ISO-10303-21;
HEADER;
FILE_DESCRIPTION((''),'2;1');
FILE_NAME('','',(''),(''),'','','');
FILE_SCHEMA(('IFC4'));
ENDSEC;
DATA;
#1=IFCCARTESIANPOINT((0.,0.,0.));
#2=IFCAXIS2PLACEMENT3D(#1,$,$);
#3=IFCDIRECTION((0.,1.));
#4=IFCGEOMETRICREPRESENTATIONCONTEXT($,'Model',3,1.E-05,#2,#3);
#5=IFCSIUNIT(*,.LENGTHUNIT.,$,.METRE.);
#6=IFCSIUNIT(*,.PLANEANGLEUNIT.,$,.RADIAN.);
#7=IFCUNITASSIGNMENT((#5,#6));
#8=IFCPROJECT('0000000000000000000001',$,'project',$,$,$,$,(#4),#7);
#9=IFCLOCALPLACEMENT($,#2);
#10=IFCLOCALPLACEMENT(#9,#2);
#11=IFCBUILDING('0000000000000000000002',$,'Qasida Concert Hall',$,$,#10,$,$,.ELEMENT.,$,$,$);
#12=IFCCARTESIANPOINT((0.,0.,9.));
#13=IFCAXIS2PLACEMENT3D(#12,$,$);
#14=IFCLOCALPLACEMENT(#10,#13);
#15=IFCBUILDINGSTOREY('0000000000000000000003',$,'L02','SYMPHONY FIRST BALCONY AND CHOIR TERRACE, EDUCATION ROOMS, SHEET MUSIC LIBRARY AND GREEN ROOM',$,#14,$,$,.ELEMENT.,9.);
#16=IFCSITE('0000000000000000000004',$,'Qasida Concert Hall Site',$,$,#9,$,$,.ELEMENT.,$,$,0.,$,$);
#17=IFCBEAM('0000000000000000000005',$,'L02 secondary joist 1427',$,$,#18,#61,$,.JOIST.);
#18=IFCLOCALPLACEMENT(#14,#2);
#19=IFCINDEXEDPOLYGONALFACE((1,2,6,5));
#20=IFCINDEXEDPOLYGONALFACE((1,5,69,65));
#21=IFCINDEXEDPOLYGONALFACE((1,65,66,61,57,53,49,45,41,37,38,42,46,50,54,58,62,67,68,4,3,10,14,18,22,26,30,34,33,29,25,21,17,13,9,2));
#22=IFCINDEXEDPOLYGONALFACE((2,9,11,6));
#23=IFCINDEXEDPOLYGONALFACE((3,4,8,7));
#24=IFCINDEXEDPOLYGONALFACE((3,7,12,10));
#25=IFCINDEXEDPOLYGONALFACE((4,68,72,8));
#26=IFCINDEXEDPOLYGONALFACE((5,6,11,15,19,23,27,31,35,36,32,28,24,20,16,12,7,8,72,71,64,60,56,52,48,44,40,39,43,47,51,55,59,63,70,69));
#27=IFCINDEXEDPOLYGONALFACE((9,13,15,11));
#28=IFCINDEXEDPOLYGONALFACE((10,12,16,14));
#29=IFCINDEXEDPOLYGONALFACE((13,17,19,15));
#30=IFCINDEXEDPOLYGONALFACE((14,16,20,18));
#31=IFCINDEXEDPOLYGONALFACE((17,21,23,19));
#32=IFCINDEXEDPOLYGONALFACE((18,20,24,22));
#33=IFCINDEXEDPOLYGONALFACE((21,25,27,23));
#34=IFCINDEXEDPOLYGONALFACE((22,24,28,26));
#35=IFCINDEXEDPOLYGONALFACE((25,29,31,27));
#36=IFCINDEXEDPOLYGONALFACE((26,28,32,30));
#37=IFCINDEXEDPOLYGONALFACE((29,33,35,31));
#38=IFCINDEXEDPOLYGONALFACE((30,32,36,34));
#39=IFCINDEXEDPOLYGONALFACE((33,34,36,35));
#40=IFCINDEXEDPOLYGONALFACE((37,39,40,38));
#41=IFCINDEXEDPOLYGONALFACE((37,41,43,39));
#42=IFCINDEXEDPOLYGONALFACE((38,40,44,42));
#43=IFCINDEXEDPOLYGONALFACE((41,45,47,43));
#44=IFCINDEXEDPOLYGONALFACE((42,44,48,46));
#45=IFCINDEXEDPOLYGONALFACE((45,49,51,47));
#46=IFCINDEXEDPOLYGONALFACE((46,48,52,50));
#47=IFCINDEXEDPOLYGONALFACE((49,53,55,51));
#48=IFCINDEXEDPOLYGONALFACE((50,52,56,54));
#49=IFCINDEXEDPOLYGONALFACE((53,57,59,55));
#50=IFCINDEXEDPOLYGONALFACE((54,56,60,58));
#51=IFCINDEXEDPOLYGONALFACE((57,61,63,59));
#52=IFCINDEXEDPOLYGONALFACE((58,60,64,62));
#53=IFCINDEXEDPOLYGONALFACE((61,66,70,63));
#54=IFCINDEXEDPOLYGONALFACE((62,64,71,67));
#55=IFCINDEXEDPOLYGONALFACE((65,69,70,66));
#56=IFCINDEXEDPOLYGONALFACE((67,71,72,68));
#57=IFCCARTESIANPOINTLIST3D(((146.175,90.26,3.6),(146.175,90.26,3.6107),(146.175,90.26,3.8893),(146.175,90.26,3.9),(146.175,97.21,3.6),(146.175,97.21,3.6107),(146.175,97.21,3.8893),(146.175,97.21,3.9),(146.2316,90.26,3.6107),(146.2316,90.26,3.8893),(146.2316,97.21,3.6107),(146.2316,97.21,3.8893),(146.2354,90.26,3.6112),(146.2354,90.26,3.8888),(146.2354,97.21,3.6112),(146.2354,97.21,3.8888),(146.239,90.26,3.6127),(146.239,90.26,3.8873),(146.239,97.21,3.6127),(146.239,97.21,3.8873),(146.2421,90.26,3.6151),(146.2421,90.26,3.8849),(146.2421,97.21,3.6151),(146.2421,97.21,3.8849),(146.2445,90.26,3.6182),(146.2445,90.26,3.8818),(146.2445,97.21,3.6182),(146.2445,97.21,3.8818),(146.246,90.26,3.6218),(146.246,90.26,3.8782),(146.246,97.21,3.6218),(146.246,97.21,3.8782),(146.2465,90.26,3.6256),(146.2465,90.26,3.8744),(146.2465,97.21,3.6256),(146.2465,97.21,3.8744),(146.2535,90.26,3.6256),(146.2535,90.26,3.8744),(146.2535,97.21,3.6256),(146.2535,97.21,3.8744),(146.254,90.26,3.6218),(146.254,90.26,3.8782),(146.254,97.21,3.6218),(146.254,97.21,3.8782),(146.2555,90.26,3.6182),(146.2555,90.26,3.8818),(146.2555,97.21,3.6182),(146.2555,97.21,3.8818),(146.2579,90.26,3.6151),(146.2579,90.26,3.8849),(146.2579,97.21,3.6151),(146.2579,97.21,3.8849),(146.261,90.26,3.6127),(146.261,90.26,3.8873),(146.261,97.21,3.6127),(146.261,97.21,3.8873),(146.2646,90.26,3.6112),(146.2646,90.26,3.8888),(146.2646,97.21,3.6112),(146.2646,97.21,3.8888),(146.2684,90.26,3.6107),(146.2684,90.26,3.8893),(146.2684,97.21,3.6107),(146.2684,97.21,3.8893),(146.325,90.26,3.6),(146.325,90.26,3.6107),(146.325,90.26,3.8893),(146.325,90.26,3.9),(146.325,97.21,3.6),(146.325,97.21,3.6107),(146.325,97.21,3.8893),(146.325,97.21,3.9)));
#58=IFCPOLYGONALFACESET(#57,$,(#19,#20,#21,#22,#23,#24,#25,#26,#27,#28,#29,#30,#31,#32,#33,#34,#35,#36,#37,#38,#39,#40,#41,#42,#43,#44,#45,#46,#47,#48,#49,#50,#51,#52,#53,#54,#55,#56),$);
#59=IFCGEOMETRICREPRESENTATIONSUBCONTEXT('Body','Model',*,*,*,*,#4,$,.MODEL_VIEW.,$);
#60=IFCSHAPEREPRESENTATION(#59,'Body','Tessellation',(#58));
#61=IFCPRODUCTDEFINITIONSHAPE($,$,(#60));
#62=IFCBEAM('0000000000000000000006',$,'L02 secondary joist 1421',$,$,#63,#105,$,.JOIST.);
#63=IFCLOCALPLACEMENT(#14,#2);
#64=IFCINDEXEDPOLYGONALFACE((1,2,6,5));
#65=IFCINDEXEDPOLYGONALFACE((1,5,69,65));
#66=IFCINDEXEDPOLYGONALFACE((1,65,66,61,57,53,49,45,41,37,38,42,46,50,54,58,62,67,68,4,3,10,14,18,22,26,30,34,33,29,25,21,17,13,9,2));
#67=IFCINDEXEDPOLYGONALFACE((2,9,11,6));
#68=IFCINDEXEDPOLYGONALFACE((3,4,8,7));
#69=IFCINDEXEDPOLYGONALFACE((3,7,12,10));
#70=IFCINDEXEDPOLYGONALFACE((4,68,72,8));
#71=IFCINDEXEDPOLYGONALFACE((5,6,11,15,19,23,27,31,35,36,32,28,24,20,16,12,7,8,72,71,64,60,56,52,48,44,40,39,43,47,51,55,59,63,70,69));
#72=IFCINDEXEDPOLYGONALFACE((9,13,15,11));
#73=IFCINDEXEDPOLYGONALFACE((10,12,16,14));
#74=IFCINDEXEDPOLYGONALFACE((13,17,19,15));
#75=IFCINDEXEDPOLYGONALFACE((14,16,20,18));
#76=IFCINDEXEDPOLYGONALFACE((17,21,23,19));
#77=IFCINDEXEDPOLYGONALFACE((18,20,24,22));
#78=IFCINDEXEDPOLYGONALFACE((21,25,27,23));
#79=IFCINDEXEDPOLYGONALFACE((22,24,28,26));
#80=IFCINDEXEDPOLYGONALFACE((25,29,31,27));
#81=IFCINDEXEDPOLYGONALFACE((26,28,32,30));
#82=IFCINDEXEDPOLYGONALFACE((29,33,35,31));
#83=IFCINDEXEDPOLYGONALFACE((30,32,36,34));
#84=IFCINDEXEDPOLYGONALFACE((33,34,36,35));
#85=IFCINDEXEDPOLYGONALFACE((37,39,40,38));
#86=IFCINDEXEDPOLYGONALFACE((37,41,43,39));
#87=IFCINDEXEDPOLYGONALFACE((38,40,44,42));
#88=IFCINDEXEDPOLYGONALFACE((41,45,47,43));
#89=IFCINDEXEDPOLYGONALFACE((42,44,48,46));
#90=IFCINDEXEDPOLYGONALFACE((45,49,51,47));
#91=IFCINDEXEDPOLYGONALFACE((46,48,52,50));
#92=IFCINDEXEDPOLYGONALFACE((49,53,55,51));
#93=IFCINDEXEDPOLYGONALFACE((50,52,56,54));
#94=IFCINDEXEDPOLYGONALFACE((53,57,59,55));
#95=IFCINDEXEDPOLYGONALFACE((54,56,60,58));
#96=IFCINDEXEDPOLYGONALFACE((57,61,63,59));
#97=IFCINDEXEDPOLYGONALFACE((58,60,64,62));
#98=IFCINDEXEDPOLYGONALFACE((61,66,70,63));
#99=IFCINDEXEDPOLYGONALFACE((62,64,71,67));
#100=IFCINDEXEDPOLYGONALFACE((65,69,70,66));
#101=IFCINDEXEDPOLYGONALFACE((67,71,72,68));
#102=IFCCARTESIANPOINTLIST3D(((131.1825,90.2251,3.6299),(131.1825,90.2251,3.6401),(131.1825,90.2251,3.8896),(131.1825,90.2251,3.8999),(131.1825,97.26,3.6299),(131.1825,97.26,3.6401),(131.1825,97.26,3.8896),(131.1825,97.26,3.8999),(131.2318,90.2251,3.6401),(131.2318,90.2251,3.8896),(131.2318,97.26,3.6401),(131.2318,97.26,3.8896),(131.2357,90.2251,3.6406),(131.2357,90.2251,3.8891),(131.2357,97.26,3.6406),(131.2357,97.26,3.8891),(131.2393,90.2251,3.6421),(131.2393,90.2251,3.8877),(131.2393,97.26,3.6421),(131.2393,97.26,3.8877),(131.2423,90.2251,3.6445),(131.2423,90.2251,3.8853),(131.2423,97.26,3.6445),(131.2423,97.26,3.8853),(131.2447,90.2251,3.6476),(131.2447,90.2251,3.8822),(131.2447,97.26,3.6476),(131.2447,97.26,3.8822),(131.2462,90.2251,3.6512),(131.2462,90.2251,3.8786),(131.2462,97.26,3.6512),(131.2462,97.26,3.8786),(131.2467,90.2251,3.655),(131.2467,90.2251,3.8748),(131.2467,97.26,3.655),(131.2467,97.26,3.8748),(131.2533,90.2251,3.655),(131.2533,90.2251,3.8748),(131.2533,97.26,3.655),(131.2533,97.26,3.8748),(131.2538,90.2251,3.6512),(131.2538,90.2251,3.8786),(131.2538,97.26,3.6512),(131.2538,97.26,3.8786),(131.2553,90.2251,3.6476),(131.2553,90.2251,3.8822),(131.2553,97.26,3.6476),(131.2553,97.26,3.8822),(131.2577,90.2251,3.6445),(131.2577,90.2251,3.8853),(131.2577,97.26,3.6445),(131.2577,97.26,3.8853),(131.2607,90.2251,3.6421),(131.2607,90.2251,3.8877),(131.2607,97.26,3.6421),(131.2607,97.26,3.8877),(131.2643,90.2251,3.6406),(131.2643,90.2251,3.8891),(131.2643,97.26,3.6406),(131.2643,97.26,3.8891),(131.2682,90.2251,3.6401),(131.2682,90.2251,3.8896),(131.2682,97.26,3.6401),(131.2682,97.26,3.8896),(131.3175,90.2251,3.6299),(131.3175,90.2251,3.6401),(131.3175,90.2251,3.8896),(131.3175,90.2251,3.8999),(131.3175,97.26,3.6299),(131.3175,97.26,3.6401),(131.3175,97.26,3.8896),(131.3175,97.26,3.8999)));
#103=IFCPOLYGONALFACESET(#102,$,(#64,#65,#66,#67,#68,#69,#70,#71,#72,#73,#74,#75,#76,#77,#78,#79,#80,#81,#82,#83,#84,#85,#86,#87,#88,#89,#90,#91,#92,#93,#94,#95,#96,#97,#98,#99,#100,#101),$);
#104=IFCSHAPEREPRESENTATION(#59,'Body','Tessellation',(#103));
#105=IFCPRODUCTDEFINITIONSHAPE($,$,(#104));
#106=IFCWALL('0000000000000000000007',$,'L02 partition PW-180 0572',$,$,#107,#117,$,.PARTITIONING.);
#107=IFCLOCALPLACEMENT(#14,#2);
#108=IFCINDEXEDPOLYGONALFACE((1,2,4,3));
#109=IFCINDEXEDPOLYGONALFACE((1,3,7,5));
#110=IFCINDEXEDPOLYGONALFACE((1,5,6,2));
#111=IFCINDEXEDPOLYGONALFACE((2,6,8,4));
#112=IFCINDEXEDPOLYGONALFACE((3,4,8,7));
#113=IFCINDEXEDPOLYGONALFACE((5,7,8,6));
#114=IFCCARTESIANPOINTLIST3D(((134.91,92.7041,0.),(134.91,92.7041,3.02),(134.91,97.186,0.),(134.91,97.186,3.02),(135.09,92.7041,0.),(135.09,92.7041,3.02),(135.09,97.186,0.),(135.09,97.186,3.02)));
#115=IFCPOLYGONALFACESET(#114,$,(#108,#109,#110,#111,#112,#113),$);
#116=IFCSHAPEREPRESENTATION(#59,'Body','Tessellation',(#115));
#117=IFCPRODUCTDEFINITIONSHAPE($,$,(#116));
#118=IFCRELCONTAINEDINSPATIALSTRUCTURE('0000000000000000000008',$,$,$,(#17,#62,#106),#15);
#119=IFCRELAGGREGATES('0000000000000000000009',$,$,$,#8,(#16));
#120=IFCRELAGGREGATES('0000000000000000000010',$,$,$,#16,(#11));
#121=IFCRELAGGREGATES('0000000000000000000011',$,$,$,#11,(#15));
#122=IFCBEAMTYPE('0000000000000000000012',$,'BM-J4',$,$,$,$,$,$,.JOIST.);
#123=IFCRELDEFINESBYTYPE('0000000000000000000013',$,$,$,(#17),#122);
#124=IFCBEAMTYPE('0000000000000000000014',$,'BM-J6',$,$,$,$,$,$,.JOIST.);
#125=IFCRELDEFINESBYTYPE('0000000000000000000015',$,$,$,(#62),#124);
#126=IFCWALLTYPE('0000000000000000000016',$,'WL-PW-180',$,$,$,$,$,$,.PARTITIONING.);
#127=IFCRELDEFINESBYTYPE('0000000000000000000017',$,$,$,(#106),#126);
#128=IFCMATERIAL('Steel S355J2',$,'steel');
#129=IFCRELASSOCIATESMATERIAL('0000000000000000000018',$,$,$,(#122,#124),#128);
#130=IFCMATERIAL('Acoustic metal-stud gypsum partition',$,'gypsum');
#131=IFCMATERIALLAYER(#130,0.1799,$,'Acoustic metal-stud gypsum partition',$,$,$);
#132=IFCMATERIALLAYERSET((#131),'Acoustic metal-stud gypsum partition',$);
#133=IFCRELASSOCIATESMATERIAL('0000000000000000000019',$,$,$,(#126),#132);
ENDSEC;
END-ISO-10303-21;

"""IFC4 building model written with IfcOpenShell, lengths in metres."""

from ifc_helpers import new_model, si_unit, direction, frame, frame_2d, origin, origin_2d, place, context, subcontext, project, spatial, rectangle, i_section, extrude, material, layer, layer_set, material_profile, profile_set, type_object, element, save


model = new_model("IFC4")

# Units and contexts
model_context = context("Model", 3, precision=1e-05, world=origin(), true_north=direction((0.0, 1.0)))
body_context = subcontext(model_context, "Body", "Model", "MODEL_VIEW")
ifc_project = project(units=[si_unit("LENGTHUNIT", "METRE"), si_unit("PLANEANGLEUNIT", "RADIAN")], contexts=[model_context])

# Site, building, storey
site_placement = place(None, origin())
site = spatial("IfcSite", under=ifc_project, at=site_placement, Name="Qasida Concert Hall Site", CompositionType="ELEMENT", RefElevation=0.0)
building_placement = place(site_placement, origin())
building = spatial("IfcBuilding", under=site, at=building_placement, Name="Qasida Concert Hall", CompositionType="ELEMENT")
storey_placement = place(building_placement, frame((0.0, 0.0, 9.0)))
storey = spatial("IfcBuildingStorey", under=building, at=storey_placement, Name="L02", Description="SYMPHONY FIRST BALCONY AND CHOIR TERRACE, EDUCATION ROOMS, SHEET MUSIC LIBRARY AND GREEN ROOM", CompositionType="ELEMENT", Elevation=9.0)

# Beams
ifc_material_1 = material(Name="Steel S355J2", Category="steel")
ifc_material_profile_1 = material_profile(ifc_material_1, i_section(OverallWidth=0.1499, OverallDepth=0.3, WebThickness=0.0071, FlangeThickness=0.0107, FilletRadius=0.0149, at=origin_2d()), Name="IPE 300")
ifc_profile_set_1 = profile_set([ifc_material_profile_1], Name="Steel S355J2")
beam_type_1 = type_object("IfcBeamType", Name="BM-J4", PredefinedType="JOIST", material=ifc_profile_set_1)
beam_1_placement = place(storey_placement, frame((146.25, 90.26, 3.75), z_axis=(0.0, 1.0, 0.0), x_axis=(-1.0, 0.0, 0.0)))
element("IfcBeam", 1, at=beam_1_placement, inside=storey, type_object=beam_type_1, Name="L02 secondary joist 1427", PredefinedType="JOIST", context=body_context, shape_type="SweptSolid", body=[
    extrude(i_section(OverallWidth=0.1499, OverallDepth=0.3, WebThickness=0.0071, FlangeThickness=0.0107, FilletRadius=0.0149, at=origin_2d()), origin(), (0.0, 0.0, 1.0), 6.95),
])
ifc_material_profile_2 = material_profile(ifc_material_1, i_section(OverallWidth=0.135, OverallDepth=0.27, WebThickness=0.0066, FlangeThickness=0.0103, FilletRadius=0.0149, at=origin_2d()), Name="IPE 270")
ifc_profile_set_2 = profile_set([ifc_material_profile_2], Name="Steel S355J2")
beam_type_2 = type_object("IfcBeamType", Name="BM-J6", PredefinedType="JOIST", material=ifc_profile_set_2)
beam_2_placement = place(storey_placement, frame((131.25, 90.2251, 3.7649), z_axis=(0.0, 1.0, 0.0), x_axis=(-1.0, 0.0, 0.0)))
element("IfcBeam", 2, at=beam_2_placement, inside=storey, type_object=beam_type_2, Name="L02 secondary joist 1421", PredefinedType="JOIST", context=body_context, shape_type="SweptSolid", body=[
    extrude(i_section(OverallWidth=0.135, OverallDepth=0.27, WebThickness=0.0066, FlangeThickness=0.0103, FilletRadius=0.0149, at=origin_2d()), origin(), (0.0, 0.0, 1.0), 7.0349),
])

# Wall
ifc_material_2 = material(Name="Acoustic metal-stud gypsum partition", Category="gypsum")
ifc_layer_1 = layer(ifc_material_2, 0.1799, Name="Acoustic metal-stud gypsum partition")
ifc_layer_set_1 = layer_set([ifc_layer_1], Name="Acoustic metal-stud gypsum partition")
wall_type = type_object("IfcWallType", Name="WL-PW-180", PredefinedType="PARTITIONING", material=ifc_layer_set_1)
wall_placement = place(storey_placement, frame((135.0, 92.7041, 0.0), z_axis=(0.0, 0.0, 1.0), x_axis=(0.0, 1.0, 0.0)))
element("IfcWall", 3, at=wall_placement, inside=storey, type_object=wall_type, Name="L02 partition PW-180 0572", PredefinedType="PARTITIONING", context=body_context, shape_type="SweptSolid", body=[
    extrude(rectangle(XDim=4.4819, YDim=0.1799, at=frame_2d((2.241, 0.0))), origin(), (0.0, 0.0, 1.0), 3.02),
])

save(model, "model.ifc")
